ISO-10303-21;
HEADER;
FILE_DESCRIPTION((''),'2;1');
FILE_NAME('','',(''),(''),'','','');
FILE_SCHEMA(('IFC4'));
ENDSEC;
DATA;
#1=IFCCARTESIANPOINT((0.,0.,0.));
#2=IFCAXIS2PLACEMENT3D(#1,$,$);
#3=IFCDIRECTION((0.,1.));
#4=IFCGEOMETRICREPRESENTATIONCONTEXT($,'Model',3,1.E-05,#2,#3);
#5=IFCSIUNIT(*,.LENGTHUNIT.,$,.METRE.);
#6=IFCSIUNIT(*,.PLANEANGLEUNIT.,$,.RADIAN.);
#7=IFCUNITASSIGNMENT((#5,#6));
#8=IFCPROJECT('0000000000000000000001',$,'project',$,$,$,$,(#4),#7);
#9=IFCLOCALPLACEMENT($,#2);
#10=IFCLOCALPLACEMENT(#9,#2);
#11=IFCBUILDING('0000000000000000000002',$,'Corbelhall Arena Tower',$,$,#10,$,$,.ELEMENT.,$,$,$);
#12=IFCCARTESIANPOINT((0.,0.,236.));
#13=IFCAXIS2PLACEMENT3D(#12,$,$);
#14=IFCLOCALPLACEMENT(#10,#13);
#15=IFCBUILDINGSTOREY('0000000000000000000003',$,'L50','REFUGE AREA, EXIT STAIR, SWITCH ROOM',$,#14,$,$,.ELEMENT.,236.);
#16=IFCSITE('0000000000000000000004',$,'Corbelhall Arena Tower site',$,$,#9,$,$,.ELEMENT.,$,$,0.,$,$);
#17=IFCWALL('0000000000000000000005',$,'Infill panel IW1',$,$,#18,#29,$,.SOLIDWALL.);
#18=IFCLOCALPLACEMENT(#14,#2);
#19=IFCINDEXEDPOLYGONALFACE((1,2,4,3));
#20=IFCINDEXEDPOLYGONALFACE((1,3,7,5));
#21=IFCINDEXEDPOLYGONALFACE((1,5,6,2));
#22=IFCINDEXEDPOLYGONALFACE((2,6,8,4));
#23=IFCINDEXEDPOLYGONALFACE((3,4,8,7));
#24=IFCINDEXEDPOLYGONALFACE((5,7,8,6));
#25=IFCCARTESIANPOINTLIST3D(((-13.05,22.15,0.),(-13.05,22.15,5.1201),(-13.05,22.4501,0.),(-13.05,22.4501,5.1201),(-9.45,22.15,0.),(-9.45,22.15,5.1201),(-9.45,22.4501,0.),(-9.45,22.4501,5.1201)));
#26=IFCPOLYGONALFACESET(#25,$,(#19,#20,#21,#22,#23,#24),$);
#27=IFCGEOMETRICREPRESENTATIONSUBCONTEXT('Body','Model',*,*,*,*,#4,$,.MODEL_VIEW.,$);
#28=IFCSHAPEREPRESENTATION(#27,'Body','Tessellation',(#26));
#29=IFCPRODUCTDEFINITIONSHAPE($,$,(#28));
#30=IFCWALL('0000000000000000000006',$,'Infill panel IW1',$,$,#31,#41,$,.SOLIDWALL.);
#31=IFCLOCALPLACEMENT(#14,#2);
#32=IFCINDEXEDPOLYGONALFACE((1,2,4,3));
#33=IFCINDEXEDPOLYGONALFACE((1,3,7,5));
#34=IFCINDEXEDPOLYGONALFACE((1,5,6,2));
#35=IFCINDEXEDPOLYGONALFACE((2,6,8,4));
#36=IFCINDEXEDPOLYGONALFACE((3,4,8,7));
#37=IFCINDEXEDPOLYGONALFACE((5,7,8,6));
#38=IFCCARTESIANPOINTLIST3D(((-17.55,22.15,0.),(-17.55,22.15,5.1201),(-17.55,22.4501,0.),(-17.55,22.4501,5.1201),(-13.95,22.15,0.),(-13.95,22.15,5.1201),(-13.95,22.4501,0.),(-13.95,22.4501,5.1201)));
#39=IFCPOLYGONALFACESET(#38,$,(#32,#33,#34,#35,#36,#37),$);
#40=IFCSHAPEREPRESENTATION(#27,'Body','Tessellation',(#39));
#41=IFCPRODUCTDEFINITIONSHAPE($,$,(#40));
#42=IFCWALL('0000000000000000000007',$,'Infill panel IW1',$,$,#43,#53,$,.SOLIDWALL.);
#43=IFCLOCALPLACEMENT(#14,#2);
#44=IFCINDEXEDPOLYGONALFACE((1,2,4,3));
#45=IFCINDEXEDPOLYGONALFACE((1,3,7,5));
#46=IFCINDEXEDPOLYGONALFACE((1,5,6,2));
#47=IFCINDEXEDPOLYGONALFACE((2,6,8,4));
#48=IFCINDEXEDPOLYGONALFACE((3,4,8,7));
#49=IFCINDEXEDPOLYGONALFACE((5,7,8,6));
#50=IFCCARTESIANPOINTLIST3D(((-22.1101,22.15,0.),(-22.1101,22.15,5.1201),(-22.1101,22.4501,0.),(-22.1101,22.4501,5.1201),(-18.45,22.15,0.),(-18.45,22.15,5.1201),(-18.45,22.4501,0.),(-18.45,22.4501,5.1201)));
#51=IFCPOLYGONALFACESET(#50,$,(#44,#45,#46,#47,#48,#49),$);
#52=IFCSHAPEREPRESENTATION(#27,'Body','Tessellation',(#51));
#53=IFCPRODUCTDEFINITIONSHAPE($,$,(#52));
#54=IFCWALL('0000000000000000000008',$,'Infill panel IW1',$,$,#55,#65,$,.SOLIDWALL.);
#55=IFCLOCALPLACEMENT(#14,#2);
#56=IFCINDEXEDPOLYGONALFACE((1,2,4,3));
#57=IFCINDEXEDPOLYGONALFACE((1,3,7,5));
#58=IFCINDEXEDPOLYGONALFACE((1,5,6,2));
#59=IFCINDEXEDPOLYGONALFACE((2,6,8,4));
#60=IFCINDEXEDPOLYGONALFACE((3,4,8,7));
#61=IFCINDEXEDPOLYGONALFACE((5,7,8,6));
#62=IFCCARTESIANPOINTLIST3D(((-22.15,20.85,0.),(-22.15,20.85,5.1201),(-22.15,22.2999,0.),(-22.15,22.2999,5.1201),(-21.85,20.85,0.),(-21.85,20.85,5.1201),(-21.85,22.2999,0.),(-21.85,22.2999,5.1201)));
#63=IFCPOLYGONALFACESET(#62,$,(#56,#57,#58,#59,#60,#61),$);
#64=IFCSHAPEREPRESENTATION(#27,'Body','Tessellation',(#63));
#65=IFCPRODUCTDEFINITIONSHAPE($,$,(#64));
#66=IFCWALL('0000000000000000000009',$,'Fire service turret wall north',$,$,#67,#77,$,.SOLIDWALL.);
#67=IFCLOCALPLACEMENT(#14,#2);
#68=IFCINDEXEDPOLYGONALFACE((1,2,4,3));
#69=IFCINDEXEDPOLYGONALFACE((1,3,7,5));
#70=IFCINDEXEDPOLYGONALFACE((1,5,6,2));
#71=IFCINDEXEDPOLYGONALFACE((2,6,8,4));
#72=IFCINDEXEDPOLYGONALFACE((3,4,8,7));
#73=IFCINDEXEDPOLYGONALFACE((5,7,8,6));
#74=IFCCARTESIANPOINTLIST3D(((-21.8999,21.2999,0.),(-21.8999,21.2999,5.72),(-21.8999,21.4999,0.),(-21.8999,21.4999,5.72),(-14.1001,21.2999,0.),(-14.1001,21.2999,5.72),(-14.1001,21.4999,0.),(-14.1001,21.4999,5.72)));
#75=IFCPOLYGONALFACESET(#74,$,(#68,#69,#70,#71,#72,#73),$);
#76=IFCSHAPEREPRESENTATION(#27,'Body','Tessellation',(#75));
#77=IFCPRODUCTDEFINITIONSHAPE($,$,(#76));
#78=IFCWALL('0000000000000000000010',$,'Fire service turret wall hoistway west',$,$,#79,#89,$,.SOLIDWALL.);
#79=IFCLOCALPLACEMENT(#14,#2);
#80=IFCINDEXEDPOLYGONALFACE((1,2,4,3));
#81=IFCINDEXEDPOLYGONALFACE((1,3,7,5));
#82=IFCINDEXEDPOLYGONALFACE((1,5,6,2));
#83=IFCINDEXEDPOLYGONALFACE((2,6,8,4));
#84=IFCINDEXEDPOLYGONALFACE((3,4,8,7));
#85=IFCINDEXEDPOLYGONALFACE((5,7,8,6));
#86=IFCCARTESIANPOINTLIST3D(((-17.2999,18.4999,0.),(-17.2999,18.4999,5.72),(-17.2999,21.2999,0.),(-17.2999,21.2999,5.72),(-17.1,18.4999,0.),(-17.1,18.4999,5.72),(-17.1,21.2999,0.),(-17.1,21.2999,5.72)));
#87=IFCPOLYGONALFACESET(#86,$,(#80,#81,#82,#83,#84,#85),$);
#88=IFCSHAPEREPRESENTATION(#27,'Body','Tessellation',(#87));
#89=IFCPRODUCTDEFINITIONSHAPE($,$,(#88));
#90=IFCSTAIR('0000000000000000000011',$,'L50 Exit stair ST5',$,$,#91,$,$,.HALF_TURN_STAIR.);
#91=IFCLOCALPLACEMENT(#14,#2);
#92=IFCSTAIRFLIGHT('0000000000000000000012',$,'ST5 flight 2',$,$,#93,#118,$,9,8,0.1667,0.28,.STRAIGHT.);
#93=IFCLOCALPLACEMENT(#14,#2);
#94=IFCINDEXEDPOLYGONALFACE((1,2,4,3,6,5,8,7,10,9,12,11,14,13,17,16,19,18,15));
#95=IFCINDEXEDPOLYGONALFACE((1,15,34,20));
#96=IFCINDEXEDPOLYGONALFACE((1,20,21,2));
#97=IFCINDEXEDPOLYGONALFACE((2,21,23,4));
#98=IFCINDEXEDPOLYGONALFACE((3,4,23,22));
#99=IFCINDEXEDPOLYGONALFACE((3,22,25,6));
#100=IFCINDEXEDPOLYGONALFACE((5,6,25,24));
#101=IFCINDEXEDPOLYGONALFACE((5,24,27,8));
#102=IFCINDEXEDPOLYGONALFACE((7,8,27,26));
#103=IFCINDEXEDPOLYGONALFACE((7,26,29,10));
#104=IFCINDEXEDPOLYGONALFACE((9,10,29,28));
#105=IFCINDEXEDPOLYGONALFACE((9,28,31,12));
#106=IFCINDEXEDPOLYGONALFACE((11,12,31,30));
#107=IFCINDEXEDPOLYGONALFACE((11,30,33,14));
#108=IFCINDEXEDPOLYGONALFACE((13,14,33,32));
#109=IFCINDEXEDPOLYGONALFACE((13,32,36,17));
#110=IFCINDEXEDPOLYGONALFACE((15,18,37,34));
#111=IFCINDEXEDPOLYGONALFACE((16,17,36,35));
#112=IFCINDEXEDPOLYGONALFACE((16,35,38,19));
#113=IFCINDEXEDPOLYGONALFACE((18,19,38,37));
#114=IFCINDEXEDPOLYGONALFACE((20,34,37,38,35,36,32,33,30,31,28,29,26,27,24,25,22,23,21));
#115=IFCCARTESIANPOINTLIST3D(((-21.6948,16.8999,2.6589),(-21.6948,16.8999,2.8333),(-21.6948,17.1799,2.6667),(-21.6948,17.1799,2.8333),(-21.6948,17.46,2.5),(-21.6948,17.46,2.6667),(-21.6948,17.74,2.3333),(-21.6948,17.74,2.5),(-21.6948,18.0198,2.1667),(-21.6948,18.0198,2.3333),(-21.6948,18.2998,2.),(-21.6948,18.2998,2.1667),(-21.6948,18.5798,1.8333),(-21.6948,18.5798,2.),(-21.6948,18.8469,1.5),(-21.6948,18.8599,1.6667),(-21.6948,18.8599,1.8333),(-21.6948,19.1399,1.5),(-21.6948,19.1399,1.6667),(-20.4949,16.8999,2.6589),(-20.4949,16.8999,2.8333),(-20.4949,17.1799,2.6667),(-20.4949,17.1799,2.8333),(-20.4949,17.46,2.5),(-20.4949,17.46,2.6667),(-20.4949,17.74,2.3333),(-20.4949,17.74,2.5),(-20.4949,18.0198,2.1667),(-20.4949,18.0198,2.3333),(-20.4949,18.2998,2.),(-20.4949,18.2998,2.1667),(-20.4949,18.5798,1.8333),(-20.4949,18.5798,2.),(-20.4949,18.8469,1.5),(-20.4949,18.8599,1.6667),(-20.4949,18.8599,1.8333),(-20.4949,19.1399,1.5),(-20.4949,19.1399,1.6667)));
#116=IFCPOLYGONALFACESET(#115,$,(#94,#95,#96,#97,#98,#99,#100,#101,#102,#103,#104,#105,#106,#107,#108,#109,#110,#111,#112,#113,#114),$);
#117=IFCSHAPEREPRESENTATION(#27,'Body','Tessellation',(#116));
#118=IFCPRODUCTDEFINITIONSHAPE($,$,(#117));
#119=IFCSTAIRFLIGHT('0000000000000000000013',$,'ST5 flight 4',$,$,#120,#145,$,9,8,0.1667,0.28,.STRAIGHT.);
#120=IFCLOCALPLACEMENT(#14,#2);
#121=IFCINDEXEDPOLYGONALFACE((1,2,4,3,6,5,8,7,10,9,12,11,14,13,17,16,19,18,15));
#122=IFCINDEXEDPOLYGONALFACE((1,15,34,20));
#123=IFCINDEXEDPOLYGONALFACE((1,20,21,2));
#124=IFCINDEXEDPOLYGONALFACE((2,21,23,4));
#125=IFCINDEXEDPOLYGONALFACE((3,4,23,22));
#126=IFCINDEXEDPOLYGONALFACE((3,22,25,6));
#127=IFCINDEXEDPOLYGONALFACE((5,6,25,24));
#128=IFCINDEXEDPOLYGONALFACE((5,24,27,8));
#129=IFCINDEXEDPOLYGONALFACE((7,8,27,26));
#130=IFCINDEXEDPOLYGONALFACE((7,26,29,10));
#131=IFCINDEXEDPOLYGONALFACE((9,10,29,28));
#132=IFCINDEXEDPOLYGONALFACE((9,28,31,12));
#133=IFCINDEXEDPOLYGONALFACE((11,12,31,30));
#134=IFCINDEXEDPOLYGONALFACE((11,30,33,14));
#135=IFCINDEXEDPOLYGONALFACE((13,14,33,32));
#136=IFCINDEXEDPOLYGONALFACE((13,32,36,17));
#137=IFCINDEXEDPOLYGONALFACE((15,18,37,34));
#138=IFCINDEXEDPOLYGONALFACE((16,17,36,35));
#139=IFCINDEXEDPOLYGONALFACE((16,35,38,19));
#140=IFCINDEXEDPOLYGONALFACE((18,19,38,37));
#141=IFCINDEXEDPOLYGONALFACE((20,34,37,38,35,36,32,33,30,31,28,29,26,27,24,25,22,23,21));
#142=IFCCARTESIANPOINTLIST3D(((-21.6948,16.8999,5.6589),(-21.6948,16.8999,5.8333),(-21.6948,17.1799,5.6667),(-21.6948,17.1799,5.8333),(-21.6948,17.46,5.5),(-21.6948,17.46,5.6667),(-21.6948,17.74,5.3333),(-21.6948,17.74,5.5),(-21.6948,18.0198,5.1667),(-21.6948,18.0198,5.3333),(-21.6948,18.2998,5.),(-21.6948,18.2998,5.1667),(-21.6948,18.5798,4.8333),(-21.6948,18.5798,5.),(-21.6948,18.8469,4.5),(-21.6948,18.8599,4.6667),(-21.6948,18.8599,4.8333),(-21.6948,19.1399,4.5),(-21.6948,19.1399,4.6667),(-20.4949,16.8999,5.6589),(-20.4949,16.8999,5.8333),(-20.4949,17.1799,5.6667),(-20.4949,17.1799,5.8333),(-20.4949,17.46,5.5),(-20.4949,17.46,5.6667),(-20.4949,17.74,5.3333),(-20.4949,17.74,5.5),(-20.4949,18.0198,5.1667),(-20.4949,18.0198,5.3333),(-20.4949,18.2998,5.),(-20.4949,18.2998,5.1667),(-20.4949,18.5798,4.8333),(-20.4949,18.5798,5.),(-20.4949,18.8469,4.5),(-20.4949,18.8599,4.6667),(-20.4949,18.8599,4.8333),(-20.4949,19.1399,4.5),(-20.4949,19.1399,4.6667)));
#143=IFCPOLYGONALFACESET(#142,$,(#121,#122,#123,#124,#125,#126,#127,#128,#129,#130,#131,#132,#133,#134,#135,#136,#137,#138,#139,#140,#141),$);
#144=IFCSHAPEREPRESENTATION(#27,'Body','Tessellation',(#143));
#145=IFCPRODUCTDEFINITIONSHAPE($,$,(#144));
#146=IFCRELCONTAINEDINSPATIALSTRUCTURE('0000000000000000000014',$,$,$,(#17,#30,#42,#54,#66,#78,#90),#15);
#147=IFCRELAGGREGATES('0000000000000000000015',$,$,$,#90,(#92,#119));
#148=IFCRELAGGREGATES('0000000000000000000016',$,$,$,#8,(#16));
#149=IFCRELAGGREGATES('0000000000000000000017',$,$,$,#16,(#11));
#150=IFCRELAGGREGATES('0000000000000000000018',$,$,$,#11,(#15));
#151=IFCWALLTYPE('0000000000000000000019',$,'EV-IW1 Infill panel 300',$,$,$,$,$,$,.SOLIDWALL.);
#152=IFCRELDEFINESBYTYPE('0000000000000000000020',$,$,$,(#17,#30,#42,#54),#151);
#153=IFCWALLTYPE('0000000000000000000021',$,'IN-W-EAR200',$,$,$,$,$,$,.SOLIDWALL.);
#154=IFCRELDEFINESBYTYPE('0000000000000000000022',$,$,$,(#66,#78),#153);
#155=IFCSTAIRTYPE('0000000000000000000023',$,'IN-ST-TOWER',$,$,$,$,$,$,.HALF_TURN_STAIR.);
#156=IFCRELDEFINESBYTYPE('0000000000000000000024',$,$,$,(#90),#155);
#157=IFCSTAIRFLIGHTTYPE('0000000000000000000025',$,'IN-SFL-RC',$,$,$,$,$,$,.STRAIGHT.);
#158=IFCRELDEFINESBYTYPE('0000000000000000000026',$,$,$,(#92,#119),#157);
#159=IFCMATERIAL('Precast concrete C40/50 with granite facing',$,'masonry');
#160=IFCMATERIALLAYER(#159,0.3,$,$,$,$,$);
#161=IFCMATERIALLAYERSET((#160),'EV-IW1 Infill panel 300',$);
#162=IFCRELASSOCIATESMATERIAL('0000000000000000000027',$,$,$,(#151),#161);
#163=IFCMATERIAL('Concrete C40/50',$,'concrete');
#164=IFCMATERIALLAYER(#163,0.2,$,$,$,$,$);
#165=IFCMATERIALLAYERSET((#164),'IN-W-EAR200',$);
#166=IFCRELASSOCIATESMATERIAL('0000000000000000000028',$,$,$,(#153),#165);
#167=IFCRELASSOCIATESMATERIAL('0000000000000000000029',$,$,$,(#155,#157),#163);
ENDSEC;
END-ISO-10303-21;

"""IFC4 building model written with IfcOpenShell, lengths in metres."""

from ifc_helpers import new_model, si_unit, direction, frame, frame_2d, origin, place, context, subcontext, project, spatial, polyline, rectangle, outline, extrude, material, layer, layer_set, type_object, element, aggregate, save


model = new_model("IFC4")

# Units and contexts
model_context = context("Model", 3, precision=1e-05, world=origin(), true_north=direction((0.0, 1.0)))
body_context = subcontext(model_context, "Body", "Model", "MODEL_VIEW")
ifc_project = project(units=[si_unit("LENGTHUNIT", "METRE"), si_unit("PLANEANGLEUNIT", "RADIAN")], contexts=[model_context])

# Site, building, storey
site_placement = place(None, origin())
site = spatial("IfcSite", under=ifc_project, at=site_placement, Name="Corbelhall Arena Tower site", CompositionType="ELEMENT", RefElevation=0.0)
building_placement = place(site_placement, origin())
building = spatial("IfcBuilding", under=site, at=building_placement, Name="Corbelhall Arena Tower", CompositionType="ELEMENT")
storey_placement = place(building_placement, frame((0.0, 0.0, 236.0)))
storey = spatial("IfcBuildingStorey", under=building, at=storey_placement, Name="L50", Description="REFUGE AREA, EXIT STAIR, SWITCH ROOM", CompositionType="ELEMENT", Elevation=236.0)

# Walls
ifc_material_1 = material(Name="Precast concrete C40/50 with granite facing", Category="masonry")
ifc_layer_1 = layer(ifc_material_1, 0.3)
ifc_layer_set_1 = layer_set([ifc_layer_1], Name="EV-IW1 Infill panel 300")
wall_type_1 = type_object("IfcWallType", Name="EV-IW1 Infill panel 300", PredefinedType="SOLIDWALL", material=ifc_layer_set_1)
for number, where, z_axis, x_axis, name in (
    (1, (-9.45, 22.3, 0.0), (0.0, 0.0, 1.0), (-1.0, 0.0, 0.0), "Infill panel IW1"),
    (2, (-13.95, 22.3, 0.0), (0.0, 0.0, 1.0), (-1.0, 0.0, 0.0), "Infill panel IW1"),
):
    element("IfcWall", number, at=place(storey_placement, frame(where, z_axis=z_axis, x_axis=x_axis)), inside=storey, type_object=wall_type_1, Name=name, PredefinedType="SOLIDWALL", context=body_context, shape_type="SweptSolid", body=[
        extrude(rectangle(XDim=3.6001, YDim=0.3, at=frame_2d((1.8, 0.0))), origin(), (0.0, 0.0, 1.0), 5.1201),
    ])
wall_1_placement = place(storey_placement, frame((-18.45, 22.3, 0.0), z_axis=(0.0, 0.0, 1.0), x_axis=(-1.0, 0.0, 0.0)))
element("IfcWall", 3, at=wall_1_placement, inside=storey, type_object=wall_type_1, Name="Infill panel IW1", PredefinedType="SOLIDWALL", context=body_context, shape_type="SweptSolid", body=[
    extrude(rectangle(XDim=3.6602, YDim=0.3, at=frame_2d((1.8301, 0.0))), origin(), (0.0, 0.0, 1.0), 5.1201),
])
wall_2_placement = place(storey_placement, frame((-22.0, 22.3, 0.0), z_axis=(0.0, 0.0, 1.0), x_axis=(0.0, -1.0, 0.0)))
element("IfcWall", 4, at=wall_2_placement, inside=storey, type_object=wall_type_1, Name="Infill panel IW1", PredefinedType="SOLIDWALL", context=body_context, shape_type="SweptSolid", body=[
    extrude(rectangle(XDim=1.45, YDim=0.3, at=frame_2d((0.7251, 0.0))), origin(), (0.0, 0.0, 1.0), 5.1201),
])
ifc_material_2 = material(Name="Concrete C40/50", Category="concrete")
ifc_layer_2 = layer(ifc_material_2, 0.2)
ifc_layer_set_2 = layer_set([ifc_layer_2], Name="IN-W-EAR200")
wall_type_2 = type_object("IfcWallType", Name="IN-W-EAR200", PredefinedType="SOLIDWALL", material=ifc_layer_set_2)
wall_3_placement = place(storey_placement, frame((-21.8999, 21.3999, 0.0), z_axis=(0.0, 0.0, 1.0), x_axis=(1.0, 0.0, 0.0)))
element("IfcWall", 5, at=wall_3_placement, inside=storey, type_object=wall_type_2, Name="Fire service turret wall north", PredefinedType="SOLIDWALL", context=body_context, shape_type="SweptSolid", body=[
    extrude(rectangle(XDim=7.7998, YDim=0.2, at=frame_2d((3.8999, 0.0))), origin(), (0.0, 0.0, 1.0), 5.72),
])
wall_4_placement = place(storey_placement, frame((-17.2, 18.5, 0.0), z_axis=(0.0, 0.0, 1.0), x_axis=(0.0, 1.0, 0.0)))
element("IfcWall", 6, at=wall_4_placement, inside=storey, type_object=wall_type_2, Name="Fire service turret wall hoistway west", PredefinedType="SOLIDWALL", context=body_context, shape_type="SweptSolid", body=[
    extrude(rectangle(XDim=2.8, YDim=0.2, at=frame_2d((1.3999, 0.0))), origin(), (0.0, 0.0, 1.0), 5.72),
])

# Stair, stair flights
stair_type = type_object("IfcStairType", Name="IN-ST-TOWER", PredefinedType="HALF_TURN_STAIR", material=ifc_material_2)
stair_placement = place(storey_placement, origin())
stair = element("IfcStair", 7, at=stair_placement, inside=storey, type_object=stair_type, Name="L50 Exit stair ST5", PredefinedType="HALF_TURN_STAIR")
stair_flight_type = type_object("IfcStairFlightType", Name="IN-SFL-RC", PredefinedType="STRAIGHT", material=ifc_material_2)
stair_flight_1_placement = place(storey_placement, frame((-21.095, 19.1399, 1.5), z_axis=(0.0, 0.0, 1.0), x_axis=(0.0, -1.0, 0.0)))
stair_flight_1 = element("IfcStairFlight", 8, at=stair_flight_1_placement, type_object=stair_flight_type, Name="ST5 flight 2", NumberOfRisers=9, NumberOfTreads=8, PredefinedType="STRAIGHT", RiserHeight=0.1667, TreadLength=0.28, context=body_context, shape_type="SweptSolid", body=[
    extrude(outline(polyline([(0.0, 0.0), (0.0, 0.1667), (0.28, 0.1667), (0.28, 0.3333), (0.5601, 0.3333), (0.5601, 0.5), (0.8401, 0.5), (0.8401, 0.6667), (1.1201, 0.6667), (1.1201, 0.8333), (1.3999, 0.8333), (1.3999, 1.0), (1.6799, 1.0), (1.6799, 1.1667), (1.96, 1.1667), (1.96, 1.3333), (2.24, 1.3333), (2.24, 1.5), (2.24, 1.1589), (0.293, 0.0), (0.0, 0.0)])), frame((0.0, 0.6001, 0.0), z_axis=(0.0, -1.0, 0.0), x_axis=(1.0, 0.0, 0.0)), (0.0, 0.0, 1.0), 1.2),
])
stair_flight_2_placement = place(storey_placement, frame((-21.095, 19.1399, 4.5), z_axis=(0.0, 0.0, 1.0), x_axis=(0.0, -1.0, 0.0)))
stair_flight_2 = element("IfcStairFlight", 9, at=stair_flight_2_placement, type_object=stair_flight_type, Name="ST5 flight 4", NumberOfRisers=9, NumberOfTreads=8, PredefinedType="STRAIGHT", RiserHeight=0.1667, TreadLength=0.28, context=body_context, shape_type="SweptSolid", body=[
    extrude(outline(polyline([(0.0, 0.0), (0.0, 0.1667), (0.28, 0.1667), (0.28, 0.3333), (0.5601, 0.3333), (0.5601, 0.5), (0.8401, 0.5), (0.8401, 0.6667), (1.1201, 0.6667), (1.1201, 0.8333), (1.3999, 0.8333), (1.3999, 1.0), (1.6799, 1.0), (1.6799, 1.1667), (1.96, 1.1667), (1.96, 1.3333), (2.24, 1.3333), (2.24, 1.5), (2.24, 1.1589), (0.293, 0.0), (0.0, 0.0)])), frame((0.0, 0.6001, 0.0), z_axis=(0.0, -1.0, 0.0), x_axis=(1.0, 0.0, 0.0)), (0.0, 0.0, 1.0), 1.2),
])
aggregate(stair, [stair_flight_1, stair_flight_2])

save(model, "model.ifc")
